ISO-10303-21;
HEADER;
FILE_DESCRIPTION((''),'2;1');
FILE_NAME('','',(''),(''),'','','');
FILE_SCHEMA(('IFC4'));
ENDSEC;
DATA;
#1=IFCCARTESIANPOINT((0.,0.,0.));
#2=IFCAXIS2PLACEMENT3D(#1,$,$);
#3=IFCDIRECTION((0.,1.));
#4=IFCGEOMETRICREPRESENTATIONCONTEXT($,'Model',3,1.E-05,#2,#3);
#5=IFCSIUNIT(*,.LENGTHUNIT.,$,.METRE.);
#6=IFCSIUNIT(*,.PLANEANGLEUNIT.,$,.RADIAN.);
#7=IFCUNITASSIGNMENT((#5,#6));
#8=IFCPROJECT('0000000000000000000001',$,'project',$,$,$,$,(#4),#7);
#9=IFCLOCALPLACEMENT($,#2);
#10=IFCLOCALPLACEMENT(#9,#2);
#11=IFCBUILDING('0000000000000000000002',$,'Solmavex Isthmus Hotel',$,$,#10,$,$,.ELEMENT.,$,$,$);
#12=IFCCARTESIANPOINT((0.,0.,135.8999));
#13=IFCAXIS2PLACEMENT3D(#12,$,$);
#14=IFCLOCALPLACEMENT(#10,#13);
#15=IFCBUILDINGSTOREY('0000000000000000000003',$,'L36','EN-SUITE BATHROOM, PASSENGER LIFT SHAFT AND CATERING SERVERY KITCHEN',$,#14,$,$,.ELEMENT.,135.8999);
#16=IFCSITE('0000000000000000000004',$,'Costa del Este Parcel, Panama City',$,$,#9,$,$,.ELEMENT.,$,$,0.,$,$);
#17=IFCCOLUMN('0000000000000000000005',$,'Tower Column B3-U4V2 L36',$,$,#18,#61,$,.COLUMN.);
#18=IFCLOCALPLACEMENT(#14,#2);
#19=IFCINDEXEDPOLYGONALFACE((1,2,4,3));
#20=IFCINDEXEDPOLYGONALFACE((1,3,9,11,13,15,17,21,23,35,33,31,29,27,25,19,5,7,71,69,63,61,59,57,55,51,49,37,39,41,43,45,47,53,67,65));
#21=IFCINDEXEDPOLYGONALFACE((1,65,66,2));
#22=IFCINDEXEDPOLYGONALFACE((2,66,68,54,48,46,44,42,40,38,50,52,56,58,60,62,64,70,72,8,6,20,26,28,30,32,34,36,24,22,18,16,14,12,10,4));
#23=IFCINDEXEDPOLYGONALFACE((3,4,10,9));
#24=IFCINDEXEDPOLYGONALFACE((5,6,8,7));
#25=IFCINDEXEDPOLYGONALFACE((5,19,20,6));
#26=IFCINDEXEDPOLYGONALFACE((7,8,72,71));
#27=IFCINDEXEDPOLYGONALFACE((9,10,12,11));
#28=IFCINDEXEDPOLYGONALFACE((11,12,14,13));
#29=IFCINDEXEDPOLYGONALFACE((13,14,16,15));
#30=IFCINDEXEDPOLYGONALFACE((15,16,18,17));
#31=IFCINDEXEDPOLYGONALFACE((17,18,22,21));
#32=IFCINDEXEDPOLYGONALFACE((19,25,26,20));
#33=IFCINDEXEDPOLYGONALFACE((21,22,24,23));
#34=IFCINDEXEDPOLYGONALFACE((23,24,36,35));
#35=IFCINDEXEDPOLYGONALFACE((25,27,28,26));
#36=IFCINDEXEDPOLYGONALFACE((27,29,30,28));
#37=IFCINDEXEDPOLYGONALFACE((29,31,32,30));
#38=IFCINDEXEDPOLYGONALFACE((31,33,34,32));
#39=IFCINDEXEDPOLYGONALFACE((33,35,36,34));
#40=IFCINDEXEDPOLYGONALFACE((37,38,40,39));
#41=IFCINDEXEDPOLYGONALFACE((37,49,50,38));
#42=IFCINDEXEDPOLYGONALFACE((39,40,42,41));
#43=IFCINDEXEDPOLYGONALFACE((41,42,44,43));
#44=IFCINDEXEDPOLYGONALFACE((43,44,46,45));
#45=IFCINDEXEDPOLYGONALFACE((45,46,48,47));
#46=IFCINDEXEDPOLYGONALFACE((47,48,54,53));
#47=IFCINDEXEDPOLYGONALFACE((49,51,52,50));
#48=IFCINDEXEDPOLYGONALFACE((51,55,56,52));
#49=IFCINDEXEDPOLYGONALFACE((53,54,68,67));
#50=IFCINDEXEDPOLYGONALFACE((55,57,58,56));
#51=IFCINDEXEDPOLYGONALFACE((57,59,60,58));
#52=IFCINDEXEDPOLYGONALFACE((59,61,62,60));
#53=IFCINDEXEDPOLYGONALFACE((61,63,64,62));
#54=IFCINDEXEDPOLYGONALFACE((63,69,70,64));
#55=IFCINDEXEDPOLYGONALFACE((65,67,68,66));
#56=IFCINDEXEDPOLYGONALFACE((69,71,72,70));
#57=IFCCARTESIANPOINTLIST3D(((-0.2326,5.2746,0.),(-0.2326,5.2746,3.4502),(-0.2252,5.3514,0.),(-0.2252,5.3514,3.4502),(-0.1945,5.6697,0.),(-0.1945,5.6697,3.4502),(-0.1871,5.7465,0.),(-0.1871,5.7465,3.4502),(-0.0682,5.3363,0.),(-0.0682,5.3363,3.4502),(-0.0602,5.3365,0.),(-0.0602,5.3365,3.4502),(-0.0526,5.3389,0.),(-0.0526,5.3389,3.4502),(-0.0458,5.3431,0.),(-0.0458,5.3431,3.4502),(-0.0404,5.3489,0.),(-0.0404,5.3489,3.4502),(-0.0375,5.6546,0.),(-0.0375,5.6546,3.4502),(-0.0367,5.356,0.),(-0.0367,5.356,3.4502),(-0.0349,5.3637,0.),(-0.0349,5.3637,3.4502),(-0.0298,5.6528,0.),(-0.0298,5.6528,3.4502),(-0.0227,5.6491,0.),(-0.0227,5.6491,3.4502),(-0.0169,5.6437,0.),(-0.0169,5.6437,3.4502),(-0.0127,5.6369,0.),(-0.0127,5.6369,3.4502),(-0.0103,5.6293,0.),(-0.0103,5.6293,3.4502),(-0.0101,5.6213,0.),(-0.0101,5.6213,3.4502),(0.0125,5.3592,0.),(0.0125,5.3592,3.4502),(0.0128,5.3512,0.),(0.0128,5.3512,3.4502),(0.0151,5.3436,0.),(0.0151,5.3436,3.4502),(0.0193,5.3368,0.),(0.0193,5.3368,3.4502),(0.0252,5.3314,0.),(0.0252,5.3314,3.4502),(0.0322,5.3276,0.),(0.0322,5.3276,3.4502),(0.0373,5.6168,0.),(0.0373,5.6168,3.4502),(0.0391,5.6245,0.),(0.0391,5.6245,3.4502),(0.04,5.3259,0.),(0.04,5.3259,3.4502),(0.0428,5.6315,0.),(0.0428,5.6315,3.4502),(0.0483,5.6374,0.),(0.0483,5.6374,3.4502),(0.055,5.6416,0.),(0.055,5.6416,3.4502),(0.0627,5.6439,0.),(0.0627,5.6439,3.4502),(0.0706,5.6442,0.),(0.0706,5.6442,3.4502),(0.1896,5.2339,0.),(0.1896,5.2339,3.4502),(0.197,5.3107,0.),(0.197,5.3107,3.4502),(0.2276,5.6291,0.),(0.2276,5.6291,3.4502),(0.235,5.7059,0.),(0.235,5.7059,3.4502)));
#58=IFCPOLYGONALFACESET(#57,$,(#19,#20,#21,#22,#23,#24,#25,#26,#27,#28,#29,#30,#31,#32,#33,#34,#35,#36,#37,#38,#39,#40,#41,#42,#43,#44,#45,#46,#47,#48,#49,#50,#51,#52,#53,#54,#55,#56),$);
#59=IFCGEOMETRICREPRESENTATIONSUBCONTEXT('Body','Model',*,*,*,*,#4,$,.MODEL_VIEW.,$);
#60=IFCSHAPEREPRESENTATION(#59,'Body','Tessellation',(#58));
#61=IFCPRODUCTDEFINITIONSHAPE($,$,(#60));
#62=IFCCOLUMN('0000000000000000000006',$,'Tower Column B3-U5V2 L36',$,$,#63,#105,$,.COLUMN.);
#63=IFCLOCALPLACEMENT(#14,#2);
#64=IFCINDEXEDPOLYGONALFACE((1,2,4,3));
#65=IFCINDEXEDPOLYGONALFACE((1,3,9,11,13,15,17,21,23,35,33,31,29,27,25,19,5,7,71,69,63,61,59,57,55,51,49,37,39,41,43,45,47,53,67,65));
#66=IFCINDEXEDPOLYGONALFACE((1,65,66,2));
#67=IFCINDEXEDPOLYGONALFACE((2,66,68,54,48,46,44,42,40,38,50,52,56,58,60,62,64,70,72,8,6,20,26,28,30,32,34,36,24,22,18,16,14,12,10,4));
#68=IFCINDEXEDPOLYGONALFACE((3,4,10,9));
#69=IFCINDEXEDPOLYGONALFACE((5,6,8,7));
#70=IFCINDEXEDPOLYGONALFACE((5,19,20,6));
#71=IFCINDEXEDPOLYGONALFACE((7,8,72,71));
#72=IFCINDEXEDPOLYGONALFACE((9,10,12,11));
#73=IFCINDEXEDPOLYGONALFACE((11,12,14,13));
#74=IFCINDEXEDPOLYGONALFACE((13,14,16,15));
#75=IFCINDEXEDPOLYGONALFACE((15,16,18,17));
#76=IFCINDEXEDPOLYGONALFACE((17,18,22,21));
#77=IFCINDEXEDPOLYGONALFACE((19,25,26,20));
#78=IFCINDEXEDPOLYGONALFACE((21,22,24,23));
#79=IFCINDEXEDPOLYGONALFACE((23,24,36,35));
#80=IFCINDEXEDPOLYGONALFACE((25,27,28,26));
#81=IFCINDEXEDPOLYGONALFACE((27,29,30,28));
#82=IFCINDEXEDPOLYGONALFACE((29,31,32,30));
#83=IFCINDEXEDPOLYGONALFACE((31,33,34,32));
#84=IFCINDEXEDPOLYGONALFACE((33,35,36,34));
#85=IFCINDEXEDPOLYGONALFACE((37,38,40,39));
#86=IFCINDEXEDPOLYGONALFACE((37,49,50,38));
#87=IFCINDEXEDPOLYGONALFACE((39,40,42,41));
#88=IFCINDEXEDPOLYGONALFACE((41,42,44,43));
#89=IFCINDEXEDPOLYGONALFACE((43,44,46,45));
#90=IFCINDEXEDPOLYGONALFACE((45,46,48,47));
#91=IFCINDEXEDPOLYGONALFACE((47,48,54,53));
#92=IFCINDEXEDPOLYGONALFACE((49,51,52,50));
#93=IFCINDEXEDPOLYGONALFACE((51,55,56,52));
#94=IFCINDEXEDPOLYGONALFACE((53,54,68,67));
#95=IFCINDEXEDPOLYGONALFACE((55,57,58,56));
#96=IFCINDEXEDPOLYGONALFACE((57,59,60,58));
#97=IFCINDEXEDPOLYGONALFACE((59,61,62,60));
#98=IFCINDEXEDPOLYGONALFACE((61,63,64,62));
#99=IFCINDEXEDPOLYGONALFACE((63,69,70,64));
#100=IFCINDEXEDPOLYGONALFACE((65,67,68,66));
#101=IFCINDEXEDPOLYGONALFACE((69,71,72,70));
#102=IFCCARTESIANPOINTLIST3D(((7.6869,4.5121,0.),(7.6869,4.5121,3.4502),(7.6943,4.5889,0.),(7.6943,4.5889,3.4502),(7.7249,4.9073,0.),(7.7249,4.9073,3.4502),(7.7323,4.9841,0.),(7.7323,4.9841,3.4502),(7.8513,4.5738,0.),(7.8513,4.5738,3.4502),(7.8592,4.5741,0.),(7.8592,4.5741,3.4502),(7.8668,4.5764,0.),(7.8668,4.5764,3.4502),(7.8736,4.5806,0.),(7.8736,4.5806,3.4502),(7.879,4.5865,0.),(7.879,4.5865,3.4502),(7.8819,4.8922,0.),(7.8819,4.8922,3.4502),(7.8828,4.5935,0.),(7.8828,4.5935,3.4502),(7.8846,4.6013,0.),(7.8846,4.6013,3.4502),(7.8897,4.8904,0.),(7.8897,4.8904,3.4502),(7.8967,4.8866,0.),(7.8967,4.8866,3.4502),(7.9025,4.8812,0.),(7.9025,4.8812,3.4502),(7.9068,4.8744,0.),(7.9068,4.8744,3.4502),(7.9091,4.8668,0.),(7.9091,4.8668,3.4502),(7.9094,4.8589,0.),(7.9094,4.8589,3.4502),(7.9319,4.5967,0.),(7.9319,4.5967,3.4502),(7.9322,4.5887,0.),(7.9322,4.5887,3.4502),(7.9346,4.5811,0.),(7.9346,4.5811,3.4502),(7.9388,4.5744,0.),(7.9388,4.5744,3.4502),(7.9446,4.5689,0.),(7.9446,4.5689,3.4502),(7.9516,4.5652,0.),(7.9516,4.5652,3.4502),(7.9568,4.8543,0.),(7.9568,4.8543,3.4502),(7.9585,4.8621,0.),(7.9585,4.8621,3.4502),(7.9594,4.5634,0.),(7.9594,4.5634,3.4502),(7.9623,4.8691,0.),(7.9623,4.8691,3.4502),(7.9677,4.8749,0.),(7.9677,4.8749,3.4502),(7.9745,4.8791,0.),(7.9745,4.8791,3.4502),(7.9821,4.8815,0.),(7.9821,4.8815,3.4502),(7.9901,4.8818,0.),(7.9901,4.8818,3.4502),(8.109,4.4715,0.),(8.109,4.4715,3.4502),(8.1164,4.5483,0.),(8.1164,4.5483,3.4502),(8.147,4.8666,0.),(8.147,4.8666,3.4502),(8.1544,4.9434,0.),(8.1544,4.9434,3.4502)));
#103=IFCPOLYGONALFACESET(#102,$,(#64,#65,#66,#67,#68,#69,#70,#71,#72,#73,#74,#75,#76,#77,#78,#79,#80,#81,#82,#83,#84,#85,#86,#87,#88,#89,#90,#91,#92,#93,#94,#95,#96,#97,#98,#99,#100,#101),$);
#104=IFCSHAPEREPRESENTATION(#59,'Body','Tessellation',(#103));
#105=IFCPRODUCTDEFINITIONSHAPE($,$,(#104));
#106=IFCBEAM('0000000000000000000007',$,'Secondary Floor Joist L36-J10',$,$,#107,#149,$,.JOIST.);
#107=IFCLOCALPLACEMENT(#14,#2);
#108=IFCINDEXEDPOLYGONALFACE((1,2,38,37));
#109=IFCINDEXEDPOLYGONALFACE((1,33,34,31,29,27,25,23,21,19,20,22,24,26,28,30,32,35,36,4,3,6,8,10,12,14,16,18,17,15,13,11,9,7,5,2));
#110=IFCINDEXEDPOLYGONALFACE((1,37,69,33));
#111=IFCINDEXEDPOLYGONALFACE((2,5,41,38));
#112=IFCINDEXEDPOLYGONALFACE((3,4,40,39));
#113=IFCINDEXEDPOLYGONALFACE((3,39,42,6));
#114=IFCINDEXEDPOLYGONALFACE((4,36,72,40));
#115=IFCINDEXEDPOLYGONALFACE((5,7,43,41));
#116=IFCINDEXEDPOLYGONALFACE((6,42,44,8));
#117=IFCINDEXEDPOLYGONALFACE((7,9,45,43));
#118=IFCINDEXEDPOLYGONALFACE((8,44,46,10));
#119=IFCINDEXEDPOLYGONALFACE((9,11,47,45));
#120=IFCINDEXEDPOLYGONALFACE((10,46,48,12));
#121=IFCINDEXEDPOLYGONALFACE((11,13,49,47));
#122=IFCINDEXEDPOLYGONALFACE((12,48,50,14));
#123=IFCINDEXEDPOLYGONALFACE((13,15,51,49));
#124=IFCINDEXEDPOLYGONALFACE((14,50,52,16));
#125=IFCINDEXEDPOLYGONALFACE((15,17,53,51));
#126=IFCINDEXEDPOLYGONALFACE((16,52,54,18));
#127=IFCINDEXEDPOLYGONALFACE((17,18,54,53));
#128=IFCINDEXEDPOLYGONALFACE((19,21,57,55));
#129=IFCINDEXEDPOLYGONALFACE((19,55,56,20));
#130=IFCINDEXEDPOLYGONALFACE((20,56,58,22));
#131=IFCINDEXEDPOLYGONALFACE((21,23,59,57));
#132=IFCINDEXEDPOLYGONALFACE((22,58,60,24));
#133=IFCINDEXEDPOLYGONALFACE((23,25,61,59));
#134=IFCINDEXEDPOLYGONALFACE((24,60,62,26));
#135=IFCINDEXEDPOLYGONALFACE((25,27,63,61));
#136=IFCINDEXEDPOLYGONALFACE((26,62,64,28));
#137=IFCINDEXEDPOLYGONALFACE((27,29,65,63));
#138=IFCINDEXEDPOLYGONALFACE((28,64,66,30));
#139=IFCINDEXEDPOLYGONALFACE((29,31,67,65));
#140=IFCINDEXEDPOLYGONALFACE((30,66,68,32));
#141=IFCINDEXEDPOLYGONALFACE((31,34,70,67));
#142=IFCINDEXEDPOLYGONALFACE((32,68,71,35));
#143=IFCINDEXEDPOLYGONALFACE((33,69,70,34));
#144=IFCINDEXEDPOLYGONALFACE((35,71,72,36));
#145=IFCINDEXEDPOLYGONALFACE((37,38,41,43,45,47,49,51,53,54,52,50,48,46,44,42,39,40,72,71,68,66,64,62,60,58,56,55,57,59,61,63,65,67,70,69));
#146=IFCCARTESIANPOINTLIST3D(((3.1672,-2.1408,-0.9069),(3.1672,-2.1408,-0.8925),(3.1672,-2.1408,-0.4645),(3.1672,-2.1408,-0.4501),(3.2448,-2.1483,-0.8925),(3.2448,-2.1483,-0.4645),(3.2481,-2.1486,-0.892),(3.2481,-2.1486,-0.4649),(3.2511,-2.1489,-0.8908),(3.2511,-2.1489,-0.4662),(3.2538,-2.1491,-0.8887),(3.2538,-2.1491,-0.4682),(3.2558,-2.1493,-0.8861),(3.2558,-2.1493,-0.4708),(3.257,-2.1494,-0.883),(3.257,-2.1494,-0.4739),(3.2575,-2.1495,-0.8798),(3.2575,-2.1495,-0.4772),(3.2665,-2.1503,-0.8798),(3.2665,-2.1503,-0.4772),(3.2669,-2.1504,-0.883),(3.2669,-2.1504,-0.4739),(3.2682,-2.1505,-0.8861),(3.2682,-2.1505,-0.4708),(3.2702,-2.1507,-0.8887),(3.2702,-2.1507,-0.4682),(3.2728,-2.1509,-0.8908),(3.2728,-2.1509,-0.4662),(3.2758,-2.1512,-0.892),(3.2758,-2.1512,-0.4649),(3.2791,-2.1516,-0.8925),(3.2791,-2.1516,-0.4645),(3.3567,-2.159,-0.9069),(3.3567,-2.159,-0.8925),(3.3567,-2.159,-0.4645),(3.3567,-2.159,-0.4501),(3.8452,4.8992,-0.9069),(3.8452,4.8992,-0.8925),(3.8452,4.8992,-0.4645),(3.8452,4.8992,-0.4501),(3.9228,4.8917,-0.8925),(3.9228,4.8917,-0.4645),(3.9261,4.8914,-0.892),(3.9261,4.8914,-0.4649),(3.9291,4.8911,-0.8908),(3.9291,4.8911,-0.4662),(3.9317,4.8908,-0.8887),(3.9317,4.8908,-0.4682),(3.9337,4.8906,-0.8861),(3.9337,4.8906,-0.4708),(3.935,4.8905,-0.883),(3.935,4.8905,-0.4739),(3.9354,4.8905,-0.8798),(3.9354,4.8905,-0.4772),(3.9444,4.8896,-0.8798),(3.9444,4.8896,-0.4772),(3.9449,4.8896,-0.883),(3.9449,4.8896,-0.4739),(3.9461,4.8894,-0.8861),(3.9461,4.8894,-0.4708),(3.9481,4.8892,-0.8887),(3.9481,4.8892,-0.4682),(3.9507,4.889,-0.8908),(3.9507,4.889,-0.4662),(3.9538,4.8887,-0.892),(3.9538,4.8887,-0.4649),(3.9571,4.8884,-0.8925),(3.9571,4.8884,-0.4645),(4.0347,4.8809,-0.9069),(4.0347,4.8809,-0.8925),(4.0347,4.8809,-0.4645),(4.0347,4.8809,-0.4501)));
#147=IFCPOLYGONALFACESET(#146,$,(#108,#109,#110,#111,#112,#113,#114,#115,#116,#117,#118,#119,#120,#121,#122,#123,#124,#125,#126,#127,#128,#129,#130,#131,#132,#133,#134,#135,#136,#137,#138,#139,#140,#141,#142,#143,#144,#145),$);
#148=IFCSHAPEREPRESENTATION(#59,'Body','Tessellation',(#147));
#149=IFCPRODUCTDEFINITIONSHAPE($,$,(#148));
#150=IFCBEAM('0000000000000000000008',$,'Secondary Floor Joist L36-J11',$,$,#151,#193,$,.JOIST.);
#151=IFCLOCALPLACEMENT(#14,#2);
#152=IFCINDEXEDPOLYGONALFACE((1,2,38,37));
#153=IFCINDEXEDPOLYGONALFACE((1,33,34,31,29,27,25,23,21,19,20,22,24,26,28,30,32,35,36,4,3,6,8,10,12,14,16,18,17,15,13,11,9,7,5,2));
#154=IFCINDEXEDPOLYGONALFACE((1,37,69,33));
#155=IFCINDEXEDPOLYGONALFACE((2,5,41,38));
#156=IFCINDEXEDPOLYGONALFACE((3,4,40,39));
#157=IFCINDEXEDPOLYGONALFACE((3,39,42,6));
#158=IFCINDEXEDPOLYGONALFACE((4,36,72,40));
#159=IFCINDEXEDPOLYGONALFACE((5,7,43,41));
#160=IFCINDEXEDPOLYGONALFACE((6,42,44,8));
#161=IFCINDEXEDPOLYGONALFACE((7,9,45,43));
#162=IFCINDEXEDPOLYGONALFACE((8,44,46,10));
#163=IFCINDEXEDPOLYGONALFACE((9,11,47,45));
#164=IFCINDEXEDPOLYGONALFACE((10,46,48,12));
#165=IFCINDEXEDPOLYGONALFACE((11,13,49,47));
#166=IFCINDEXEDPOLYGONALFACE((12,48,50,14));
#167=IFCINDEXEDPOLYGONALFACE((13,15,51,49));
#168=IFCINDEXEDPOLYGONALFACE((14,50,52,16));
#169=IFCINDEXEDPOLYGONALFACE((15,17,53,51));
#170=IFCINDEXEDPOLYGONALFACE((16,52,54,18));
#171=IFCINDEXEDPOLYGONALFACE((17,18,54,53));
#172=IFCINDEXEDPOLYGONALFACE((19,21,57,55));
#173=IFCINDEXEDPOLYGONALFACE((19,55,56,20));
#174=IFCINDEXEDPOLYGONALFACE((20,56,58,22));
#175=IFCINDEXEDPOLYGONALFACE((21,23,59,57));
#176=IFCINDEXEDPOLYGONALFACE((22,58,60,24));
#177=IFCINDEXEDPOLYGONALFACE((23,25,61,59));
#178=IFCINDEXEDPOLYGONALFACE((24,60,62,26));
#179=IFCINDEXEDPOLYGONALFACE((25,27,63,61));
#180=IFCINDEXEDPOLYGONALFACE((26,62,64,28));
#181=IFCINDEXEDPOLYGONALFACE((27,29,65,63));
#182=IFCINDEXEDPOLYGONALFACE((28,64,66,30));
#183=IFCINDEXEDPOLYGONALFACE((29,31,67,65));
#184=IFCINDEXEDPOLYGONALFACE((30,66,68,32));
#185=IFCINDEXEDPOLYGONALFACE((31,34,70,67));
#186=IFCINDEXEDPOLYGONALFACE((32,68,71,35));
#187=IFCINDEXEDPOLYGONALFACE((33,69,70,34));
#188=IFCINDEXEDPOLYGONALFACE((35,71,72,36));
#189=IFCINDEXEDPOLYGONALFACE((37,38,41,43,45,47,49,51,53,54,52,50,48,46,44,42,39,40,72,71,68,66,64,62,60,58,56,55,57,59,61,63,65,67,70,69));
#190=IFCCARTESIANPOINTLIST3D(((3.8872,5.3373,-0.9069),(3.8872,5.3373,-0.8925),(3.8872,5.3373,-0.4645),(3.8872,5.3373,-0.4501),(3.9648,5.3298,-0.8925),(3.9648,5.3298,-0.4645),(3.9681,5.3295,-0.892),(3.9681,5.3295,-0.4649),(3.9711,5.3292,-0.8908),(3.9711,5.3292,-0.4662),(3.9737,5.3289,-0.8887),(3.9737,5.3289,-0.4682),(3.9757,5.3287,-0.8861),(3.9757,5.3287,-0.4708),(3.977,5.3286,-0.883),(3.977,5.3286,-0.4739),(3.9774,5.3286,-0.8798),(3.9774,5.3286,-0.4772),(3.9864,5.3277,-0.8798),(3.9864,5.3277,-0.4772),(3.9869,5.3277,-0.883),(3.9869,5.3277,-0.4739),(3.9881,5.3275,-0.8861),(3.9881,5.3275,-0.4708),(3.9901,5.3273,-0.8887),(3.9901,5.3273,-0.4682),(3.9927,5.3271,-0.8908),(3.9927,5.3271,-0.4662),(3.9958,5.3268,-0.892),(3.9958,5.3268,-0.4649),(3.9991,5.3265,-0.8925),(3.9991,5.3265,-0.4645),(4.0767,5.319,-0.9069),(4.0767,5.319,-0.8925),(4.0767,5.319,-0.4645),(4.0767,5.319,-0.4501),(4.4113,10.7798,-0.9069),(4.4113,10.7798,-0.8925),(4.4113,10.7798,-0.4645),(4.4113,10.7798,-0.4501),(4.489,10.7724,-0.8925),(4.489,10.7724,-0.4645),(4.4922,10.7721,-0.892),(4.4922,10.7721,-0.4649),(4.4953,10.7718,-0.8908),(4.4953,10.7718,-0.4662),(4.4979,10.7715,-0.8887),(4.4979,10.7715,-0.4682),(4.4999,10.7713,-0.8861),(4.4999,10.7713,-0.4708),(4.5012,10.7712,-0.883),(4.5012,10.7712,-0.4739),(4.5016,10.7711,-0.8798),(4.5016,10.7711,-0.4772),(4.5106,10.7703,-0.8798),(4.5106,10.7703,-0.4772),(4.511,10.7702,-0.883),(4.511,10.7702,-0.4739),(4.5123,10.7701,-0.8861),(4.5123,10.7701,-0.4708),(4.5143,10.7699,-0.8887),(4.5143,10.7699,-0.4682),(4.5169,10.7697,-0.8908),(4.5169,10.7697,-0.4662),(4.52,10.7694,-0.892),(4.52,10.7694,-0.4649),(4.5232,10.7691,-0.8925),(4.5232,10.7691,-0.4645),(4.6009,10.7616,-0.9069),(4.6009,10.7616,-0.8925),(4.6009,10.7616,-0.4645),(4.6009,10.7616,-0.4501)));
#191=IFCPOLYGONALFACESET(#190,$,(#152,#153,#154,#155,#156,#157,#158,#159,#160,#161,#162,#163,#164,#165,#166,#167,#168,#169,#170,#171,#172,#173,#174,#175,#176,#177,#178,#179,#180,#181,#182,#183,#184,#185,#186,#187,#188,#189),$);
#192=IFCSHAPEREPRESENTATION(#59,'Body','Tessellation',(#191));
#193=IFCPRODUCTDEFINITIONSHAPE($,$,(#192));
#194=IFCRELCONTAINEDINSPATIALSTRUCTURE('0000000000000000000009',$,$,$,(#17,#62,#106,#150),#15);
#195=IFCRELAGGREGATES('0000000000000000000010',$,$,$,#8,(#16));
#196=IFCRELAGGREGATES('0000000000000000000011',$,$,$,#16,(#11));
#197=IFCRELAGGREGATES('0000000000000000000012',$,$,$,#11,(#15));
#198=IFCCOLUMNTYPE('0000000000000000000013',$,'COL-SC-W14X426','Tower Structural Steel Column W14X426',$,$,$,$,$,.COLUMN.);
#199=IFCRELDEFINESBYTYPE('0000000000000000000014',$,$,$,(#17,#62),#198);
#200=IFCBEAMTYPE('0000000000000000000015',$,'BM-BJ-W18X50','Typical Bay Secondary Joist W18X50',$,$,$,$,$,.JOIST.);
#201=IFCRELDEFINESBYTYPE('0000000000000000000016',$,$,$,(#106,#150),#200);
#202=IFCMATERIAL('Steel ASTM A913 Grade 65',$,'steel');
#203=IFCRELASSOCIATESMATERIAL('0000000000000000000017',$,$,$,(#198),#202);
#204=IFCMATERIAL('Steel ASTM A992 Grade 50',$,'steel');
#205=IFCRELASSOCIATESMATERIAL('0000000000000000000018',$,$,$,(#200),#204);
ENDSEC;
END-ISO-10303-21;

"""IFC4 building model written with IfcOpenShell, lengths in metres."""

from ifc_helpers import new_model, si_unit, direction, frame, origin, origin_2d, place, context, subcontext, project, spatial, i_section, extrude, material, material_profile, profile_set, type_object, element, save


model = new_model("IFC4")

# Units and contexts
model_context = context("Model", 3, precision=1e-05, world=origin(), true_north=direction((0.0, 1.0)))
body_context = subcontext(model_context, "Body", "Model", "MODEL_VIEW")
ifc_project = project(units=[si_unit("LENGTHUNIT", "METRE"), si_unit("PLANEANGLEUNIT", "RADIAN")], contexts=[model_context])

# Site, building, storey
site_placement = place(None, origin())
site = spatial("IfcSite", under=ifc_project, at=site_placement, Name="Costa del Este Parcel, Panama City", CompositionType="ELEMENT", RefElevation=0.0)
building_placement = place(site_placement, origin())
building = spatial("IfcBuilding", under=site, at=building_placement, Name="Solmavex Isthmus Hotel", CompositionType="ELEMENT")
storey_placement = place(building_placement, frame((0.0, 0.0, 135.8999)))
storey = spatial("IfcBuildingStorey", under=building, at=storey_placement, Name="L36", Description="EN-SUITE BATHROOM, PASSENGER LIFT SHAFT AND CATERING SERVERY KITCHEN", CompositionType="ELEMENT", Elevation=135.8999)

# Columns
ifc_material_1 = material(Name="Steel ASTM A913 Grade 65", Category="steel")
ifc_material_profile_1 = material_profile(ifc_material_1, i_section(OverallWidth=0.4241, OverallDepth=0.4741, WebThickness=0.0476, FlangeThickness=0.0771, FilletRadius=0.0305, at=origin_2d()), Name="W14X426")
ifc_profile_set_1 = profile_set([ifc_material_profile_1], Name="Steel ASTM A913 Grade 65")
column_type = type_object("IfcColumnType", Name="COL-SC-W14X426", Description="Tower Structural Steel Column W14X426", PredefinedType="COLUMN", material=ifc_profile_set_1)
for number, where, z_axis, x_axis, name in (
    (1, (0.0012, 5.4902, 0.0), (0.0, 0.0, 1.0), (0.995396, -0.095846, 0.0), "Tower Column B3-U4V2 L36"),
    (2, (7.9207, 4.7278, 0.0), (0.0, 0.0, 1.0), (0.995396, -0.095846, 0.0), "Tower Column B3-U5V2 L36"),
):
    element("IfcColumn", number, at=place(storey_placement, frame(where, z_axis=z_axis, x_axis=x_axis)), inside=storey, type_object=column_type, Name=name, PredefinedType="COLUMN", context=body_context, shape_type="SweptSolid", body=[
        extrude(i_section(OverallWidth=0.4241, OverallDepth=0.4741, WebThickness=0.0476, FlangeThickness=0.0771, FilletRadius=0.0305, at=origin_2d()), origin(), (0.0, 0.0, 1.0), 3.4502),
    ])

# Beams
ifc_material_2 = material(Name="Steel ASTM A992 Grade 50", Category="steel")
ifc_material_profile_2 = material_profile(ifc_material_2, i_section(OverallWidth=0.1904, OverallDepth=0.4568, WebThickness=0.009, FlangeThickness=0.0144, FilletRadius=0.0127, at=origin_2d()), Name="W18X50")
ifc_profile_set_2 = profile_set([ifc_material_profile_2], Name="Steel ASTM A992 Grade 50")
beam_type_1 = type_object("IfcBeamType", Name="BM-BJ-W18X50", Description="Typical Bay Secondary Joist W18X50", PredefinedType="JOIST", material=ifc_profile_set_2)
beam_1_placement = place(storey_placement, frame((3.262, -2.1499, -0.6785), z_axis=(0.09586, 0.995395, 0.0), x_axis=(-0.995395, 0.09586, 0.0)))
element("IfcBeam", 3, at=beam_1_placement, inside=storey, type_object=beam_type_1, Name="Secondary Floor Joist L36-J10", PredefinedType="JOIST", context=body_context, shape_type="SweptSolid", body=[
    extrude(i_section(OverallWidth=0.1904, OverallDepth=0.4568, WebThickness=0.009, FlangeThickness=0.0144, FilletRadius=0.0127, at=origin_2d()), origin(), (0.0, 0.0, 1.0), 7.0725),
])
beam_2_placement = place(storey_placement, frame((3.9819, 5.3281, -0.6785), z_axis=(0.095865, 0.995394, 0.0), x_axis=(-0.995394, 0.095865, 0.0)))
element("IfcBeam", 4, at=beam_2_placement, inside=storey, type_object=beam_type_1, Name="Secondary Floor Joist L36-J11", PredefinedType="JOIST", context=body_context, shape_type="SweptSolid", body=[
    extrude(i_section(OverallWidth=0.1904, OverallDepth=0.4568, WebThickness=0.009, FlangeThickness=0.0144, FilletRadius=0.0127, at=origin_2d()), origin(), (0.0, 0.0, 1.0), 5.4678),
])

save(model, "model.ifc")
